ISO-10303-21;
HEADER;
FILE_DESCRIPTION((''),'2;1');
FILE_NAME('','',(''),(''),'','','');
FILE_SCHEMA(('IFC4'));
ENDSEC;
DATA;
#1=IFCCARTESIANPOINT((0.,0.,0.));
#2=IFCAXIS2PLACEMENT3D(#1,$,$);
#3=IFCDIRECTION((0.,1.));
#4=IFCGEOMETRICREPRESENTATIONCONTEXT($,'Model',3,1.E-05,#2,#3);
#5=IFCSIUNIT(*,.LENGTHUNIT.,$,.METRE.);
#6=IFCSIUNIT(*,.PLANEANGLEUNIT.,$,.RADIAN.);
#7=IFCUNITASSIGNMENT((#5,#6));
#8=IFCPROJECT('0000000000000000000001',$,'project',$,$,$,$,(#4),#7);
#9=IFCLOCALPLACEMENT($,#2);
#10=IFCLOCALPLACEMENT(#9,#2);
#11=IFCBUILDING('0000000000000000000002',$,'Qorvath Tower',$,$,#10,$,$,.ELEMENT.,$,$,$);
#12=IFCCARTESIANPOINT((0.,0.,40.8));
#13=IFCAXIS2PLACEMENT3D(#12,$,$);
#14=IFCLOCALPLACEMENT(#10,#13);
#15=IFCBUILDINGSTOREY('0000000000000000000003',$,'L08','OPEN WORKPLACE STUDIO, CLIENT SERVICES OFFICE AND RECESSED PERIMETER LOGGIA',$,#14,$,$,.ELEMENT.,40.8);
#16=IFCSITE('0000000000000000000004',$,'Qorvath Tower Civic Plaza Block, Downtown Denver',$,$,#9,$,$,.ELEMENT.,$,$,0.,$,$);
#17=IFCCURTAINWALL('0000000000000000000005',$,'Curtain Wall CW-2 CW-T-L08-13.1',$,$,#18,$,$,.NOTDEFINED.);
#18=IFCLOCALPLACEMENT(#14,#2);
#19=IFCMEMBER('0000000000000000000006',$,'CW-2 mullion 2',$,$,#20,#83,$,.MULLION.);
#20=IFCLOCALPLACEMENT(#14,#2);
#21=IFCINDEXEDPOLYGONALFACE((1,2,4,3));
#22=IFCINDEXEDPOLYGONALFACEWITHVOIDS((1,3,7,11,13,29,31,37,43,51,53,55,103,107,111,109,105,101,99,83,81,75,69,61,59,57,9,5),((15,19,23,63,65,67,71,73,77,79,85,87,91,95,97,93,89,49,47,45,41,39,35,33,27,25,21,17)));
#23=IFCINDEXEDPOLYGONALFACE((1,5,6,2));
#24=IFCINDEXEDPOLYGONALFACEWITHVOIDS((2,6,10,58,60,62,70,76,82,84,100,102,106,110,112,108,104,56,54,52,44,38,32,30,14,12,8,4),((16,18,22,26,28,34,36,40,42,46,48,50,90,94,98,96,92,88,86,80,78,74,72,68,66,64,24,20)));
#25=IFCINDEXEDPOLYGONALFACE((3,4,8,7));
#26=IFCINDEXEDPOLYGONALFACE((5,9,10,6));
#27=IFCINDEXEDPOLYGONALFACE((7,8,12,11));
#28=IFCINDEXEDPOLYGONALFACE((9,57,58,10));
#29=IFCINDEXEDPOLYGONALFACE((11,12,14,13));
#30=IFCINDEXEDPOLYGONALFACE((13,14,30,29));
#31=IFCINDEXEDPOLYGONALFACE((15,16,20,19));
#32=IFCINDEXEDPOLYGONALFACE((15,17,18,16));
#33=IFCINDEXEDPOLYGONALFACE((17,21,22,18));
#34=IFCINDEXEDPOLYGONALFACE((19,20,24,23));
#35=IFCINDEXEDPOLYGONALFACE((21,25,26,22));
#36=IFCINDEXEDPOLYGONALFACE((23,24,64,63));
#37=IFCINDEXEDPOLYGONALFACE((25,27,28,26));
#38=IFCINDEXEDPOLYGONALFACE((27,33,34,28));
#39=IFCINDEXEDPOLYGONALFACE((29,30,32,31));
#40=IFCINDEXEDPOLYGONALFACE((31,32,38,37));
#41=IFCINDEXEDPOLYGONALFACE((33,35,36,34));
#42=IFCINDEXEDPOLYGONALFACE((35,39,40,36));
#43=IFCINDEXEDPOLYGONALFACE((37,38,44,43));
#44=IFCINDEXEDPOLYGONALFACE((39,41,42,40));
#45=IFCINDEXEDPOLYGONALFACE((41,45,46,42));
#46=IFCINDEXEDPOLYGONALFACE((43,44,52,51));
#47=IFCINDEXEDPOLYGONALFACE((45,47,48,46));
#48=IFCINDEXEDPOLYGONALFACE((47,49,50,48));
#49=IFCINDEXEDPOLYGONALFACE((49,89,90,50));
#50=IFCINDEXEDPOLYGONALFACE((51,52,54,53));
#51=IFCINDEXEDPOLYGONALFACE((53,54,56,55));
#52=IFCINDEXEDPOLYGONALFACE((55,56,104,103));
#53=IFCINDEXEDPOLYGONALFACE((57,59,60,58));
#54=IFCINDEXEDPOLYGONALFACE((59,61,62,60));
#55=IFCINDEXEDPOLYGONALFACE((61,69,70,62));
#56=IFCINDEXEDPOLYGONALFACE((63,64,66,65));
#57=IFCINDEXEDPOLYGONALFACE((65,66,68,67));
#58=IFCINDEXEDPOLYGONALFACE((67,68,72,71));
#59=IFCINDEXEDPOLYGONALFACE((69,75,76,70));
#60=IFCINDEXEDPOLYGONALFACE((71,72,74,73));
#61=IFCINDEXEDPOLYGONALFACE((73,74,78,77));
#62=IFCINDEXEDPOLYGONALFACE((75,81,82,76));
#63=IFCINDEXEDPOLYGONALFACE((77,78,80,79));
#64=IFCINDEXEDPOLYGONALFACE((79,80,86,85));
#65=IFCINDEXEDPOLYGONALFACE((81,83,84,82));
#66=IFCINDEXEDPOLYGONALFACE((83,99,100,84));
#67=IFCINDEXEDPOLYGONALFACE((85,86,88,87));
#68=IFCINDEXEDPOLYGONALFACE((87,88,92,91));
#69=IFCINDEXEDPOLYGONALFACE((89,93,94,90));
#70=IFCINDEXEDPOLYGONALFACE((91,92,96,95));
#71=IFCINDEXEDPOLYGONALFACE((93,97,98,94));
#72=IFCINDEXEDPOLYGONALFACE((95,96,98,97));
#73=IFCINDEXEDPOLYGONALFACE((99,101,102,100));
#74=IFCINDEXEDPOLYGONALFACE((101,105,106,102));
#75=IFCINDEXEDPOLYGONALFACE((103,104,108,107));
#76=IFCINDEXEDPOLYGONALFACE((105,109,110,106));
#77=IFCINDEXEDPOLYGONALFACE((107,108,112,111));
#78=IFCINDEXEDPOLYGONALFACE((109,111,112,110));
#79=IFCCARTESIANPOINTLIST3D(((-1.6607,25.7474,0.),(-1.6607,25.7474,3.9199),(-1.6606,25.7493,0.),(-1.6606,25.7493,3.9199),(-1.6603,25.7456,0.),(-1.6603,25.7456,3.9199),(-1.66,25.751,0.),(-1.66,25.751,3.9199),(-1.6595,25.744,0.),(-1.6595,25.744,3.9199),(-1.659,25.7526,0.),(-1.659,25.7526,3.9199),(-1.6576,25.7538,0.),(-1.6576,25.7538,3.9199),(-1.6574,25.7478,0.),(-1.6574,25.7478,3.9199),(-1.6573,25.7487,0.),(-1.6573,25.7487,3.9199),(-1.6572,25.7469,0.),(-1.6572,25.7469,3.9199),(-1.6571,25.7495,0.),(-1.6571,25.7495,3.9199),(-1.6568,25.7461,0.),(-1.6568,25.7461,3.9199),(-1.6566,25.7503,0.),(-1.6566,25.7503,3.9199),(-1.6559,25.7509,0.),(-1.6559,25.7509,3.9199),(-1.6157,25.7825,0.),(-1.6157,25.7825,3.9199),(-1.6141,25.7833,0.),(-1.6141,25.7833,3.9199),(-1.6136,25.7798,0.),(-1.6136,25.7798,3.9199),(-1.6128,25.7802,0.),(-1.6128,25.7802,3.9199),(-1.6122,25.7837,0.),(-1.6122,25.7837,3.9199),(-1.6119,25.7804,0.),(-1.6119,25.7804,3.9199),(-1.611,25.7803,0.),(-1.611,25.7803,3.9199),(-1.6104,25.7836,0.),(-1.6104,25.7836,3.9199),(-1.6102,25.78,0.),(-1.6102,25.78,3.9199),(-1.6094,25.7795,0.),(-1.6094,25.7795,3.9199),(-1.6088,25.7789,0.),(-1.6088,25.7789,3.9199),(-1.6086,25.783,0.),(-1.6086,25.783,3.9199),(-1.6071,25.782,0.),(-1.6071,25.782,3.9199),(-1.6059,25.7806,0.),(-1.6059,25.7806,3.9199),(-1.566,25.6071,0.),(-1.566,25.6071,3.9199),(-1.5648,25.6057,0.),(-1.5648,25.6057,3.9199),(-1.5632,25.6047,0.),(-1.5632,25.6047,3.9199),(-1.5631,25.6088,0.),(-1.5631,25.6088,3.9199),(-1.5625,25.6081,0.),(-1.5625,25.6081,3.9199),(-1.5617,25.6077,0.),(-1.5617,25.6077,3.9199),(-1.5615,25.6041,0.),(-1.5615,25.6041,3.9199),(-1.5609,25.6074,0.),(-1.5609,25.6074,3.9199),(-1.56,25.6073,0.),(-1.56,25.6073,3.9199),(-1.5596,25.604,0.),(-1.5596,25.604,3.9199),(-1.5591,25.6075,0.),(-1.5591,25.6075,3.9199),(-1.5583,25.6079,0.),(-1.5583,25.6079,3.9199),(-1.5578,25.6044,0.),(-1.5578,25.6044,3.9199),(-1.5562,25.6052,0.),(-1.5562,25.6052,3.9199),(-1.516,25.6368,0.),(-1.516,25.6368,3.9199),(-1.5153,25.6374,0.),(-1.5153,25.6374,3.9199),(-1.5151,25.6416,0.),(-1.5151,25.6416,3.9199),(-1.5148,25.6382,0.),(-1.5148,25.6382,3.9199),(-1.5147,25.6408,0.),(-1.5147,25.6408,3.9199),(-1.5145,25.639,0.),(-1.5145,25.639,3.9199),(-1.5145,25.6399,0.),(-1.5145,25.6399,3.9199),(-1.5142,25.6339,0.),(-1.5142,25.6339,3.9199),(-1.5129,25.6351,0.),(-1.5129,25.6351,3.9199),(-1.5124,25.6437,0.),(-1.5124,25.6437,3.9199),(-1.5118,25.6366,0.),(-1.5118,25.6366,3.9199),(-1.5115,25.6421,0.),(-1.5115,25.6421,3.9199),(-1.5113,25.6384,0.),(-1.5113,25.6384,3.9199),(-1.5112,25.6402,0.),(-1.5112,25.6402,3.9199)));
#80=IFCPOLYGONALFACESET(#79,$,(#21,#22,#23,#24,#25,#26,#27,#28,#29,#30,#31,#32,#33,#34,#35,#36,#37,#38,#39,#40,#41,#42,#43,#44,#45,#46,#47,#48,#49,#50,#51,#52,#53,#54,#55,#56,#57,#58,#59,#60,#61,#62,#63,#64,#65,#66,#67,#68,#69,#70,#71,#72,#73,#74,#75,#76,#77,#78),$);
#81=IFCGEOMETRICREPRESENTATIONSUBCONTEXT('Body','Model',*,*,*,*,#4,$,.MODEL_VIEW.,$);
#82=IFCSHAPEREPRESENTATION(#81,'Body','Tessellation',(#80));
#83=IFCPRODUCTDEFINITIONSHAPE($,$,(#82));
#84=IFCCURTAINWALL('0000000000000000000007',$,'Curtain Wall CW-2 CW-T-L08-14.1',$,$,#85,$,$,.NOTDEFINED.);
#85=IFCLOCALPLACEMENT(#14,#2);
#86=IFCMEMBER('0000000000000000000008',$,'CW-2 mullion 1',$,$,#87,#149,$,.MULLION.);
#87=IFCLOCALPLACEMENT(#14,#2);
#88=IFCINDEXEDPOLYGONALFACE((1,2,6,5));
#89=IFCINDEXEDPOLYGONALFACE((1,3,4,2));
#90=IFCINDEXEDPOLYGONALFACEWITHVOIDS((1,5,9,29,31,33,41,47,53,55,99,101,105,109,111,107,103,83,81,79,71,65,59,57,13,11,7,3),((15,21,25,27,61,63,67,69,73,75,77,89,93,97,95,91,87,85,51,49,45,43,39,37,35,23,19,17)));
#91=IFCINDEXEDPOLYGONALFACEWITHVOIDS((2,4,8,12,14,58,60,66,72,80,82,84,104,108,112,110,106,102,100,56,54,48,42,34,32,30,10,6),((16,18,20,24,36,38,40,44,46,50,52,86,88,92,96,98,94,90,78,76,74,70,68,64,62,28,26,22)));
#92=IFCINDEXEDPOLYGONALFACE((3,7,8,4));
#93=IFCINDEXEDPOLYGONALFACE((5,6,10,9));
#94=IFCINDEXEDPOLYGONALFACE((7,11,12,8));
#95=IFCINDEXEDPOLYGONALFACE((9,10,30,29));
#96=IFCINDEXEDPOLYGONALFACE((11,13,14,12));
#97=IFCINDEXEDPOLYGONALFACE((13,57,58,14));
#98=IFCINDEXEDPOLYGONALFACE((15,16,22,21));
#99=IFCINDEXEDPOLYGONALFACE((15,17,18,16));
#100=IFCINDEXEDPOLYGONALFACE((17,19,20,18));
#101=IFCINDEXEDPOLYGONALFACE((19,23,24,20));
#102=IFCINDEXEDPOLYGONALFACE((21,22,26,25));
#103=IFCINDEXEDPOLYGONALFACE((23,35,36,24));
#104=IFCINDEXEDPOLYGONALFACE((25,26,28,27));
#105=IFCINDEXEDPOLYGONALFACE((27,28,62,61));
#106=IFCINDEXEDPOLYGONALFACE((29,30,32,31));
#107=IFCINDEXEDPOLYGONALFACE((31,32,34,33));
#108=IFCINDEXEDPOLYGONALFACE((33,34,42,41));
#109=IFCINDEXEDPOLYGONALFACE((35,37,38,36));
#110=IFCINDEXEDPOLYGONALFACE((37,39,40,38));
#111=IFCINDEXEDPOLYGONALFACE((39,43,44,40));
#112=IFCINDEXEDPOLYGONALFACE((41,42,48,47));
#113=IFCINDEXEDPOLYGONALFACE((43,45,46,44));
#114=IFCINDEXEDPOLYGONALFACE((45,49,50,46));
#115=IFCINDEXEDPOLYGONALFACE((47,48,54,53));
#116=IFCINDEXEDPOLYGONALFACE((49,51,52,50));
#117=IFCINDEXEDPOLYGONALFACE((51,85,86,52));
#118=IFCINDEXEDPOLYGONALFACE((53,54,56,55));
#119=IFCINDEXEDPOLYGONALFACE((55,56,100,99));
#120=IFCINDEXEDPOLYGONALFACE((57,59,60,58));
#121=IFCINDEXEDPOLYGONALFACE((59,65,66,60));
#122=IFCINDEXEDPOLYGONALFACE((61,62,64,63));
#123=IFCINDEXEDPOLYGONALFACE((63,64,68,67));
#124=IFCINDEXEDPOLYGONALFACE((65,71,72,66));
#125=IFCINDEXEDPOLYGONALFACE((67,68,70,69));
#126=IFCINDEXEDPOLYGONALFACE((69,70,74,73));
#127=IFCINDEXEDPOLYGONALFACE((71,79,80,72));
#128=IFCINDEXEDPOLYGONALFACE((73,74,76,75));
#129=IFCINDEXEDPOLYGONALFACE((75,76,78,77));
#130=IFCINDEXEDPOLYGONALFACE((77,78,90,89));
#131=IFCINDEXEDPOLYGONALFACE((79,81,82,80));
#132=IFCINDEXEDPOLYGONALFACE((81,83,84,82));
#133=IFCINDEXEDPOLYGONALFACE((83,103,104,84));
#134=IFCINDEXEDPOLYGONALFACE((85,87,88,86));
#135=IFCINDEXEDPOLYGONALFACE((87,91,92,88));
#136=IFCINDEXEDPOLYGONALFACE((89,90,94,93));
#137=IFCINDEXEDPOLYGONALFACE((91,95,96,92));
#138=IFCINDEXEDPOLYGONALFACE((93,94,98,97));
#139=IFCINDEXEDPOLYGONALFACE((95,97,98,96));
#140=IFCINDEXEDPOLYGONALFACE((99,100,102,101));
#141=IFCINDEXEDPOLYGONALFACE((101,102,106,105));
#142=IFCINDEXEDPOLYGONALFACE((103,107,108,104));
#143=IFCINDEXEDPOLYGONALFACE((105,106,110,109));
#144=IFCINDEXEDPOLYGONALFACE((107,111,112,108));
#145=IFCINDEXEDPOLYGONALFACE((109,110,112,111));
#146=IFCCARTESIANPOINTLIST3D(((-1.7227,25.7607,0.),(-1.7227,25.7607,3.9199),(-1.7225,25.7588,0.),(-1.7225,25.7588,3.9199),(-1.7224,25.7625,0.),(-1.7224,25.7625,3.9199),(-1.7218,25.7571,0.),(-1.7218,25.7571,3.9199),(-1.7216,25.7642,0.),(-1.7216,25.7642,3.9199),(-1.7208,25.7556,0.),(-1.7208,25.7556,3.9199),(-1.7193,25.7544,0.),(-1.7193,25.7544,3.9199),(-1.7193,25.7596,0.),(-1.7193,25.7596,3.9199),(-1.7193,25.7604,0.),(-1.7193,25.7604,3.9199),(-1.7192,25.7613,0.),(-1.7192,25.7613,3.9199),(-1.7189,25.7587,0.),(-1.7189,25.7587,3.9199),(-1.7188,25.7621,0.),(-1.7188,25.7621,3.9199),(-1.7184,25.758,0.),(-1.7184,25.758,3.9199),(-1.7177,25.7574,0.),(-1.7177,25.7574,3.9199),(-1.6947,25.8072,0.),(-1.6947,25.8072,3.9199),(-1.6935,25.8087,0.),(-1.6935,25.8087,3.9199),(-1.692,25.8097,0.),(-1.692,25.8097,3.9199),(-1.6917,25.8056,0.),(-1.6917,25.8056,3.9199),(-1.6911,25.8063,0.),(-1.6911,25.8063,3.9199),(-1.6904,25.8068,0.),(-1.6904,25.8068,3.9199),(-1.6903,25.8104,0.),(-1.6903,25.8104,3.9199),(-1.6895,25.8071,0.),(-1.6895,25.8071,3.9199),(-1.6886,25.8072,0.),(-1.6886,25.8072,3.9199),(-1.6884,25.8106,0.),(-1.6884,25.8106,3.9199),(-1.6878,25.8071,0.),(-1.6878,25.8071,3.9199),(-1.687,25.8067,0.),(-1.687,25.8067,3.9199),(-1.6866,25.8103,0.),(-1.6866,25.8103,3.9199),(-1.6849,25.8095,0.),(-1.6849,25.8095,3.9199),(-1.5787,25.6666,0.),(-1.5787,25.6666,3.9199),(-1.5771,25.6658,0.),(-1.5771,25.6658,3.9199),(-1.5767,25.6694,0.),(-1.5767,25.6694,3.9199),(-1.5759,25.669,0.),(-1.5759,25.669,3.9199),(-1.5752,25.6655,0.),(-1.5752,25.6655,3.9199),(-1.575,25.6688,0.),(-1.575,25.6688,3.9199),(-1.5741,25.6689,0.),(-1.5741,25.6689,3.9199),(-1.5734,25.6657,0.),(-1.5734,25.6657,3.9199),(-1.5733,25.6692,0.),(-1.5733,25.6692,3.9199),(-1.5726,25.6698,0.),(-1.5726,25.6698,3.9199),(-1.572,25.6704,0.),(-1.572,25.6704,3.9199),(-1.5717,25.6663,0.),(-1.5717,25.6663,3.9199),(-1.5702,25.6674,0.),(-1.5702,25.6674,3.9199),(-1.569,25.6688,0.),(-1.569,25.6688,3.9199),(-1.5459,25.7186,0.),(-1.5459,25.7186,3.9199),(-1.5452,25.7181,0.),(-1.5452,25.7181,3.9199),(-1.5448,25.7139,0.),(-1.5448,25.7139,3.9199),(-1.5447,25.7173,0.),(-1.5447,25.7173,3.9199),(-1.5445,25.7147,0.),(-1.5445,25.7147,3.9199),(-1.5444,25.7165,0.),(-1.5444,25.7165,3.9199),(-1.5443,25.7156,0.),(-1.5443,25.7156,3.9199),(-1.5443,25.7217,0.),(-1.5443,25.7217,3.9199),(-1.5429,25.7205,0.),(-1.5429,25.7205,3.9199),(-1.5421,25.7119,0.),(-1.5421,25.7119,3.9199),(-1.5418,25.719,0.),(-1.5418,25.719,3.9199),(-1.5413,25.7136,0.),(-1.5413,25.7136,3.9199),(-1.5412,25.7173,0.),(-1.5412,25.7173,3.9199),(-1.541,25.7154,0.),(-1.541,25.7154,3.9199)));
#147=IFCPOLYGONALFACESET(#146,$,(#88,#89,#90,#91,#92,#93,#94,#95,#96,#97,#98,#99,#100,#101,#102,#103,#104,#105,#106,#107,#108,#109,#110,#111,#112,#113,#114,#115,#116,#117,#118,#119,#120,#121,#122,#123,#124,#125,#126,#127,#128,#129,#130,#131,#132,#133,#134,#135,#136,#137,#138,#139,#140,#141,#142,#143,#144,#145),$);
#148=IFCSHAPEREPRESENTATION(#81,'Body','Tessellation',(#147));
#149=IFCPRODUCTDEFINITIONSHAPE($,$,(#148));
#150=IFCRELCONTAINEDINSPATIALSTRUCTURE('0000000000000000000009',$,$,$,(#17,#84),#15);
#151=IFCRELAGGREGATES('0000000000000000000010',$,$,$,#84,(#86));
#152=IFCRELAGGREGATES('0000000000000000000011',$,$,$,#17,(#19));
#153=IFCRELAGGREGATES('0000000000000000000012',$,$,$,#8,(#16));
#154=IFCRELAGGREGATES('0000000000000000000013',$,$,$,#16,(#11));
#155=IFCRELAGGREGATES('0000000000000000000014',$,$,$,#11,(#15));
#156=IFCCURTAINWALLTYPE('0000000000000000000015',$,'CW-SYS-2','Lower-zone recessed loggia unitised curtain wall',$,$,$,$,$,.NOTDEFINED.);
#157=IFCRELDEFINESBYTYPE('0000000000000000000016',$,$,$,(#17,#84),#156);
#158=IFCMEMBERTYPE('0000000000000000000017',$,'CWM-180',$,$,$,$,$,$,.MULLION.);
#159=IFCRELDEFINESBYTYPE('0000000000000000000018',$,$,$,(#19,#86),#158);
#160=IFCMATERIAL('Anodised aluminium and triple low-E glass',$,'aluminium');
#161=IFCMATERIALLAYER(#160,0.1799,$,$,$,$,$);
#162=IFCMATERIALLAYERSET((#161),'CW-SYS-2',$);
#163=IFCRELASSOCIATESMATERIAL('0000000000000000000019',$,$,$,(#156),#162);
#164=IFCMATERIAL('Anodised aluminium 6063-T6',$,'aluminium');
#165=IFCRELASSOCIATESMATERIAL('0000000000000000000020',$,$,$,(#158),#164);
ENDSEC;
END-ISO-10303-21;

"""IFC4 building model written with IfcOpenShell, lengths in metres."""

from ifc_helpers import new_model, si_unit, direction, frame, origin, origin_2d, place, context, subcontext, project, spatial, hollow_rectangle, extrude, material, layer, layer_set, material_profile, profile_set, type_object, element, aggregate, save


model = new_model("IFC4")

# Units and contexts
model_context = context("Model", 3, precision=1e-05, world=origin(), true_north=direction((0.0, 1.0)))
body_context = subcontext(model_context, "Body", "Model", "MODEL_VIEW")
ifc_project = project(units=[si_unit("LENGTHUNIT", "METRE"), si_unit("PLANEANGLEUNIT", "RADIAN")], contexts=[model_context])

# Site, building, storey
site_placement = place(None, origin())
site = spatial("IfcSite", under=ifc_project, at=site_placement, Name="Qorvath Tower Civic Plaza Block, Downtown Denver", CompositionType="ELEMENT", RefElevation=0.0)
building_placement = place(site_placement, origin())
building = spatial("IfcBuilding", under=site, at=building_placement, Name="Qorvath Tower", CompositionType="ELEMENT")
storey_placement = place(building_placement, frame((0.0, 0.0, 40.8)))
storey = spatial("IfcBuildingStorey", under=building, at=storey_placement, Name="L08", Description="OPEN WORKPLACE STUDIO, CLIENT SERVICES OFFICE AND RECESSED PERIMETER LOGGIA", CompositionType="ELEMENT", Elevation=40.8)

# Shared definitions
ifc_material_1 = material(Name="Anodised aluminium and triple low-E glass", Category="aluminium")
ifc_layer_1 = layer(ifc_material_1, 0.1799)
ifc_layer_set_1 = layer_set([ifc_layer_1], Name="CW-SYS-2")
curtain_wall_type = type_object("IfcCurtainWallType", Name="CW-SYS-2", Description="Lower-zone recessed loggia unitised curtain wall", PredefinedType="NOTDEFINED", material=ifc_layer_set_1)
ifc_material_2 = material(Name="Anodised aluminium 6063-T6", Category="aluminium")
ifc_material_profile_1 = material_profile(ifc_material_2, hollow_rectangle(XDim=0.0649, YDim=0.1799, WallThickness=0.0034, InnerFilletRadius=0.0034, OuterFilletRadius=0.0071, at=origin_2d()), Name="CWM 180x65")
ifc_profile_set_1 = profile_set([ifc_material_profile_1], Name="Anodised aluminium 6063-T6")
member_type_1 = type_object("IfcMemberType", Name="CWM-180", PredefinedType="MULLION", material=ifc_profile_set_1)

# Curtain wall, member
curtain_wall_1_placement = place(storey_placement, origin())
curtain_wall_1 = element("IfcCurtainWall", 1, at=curtain_wall_1_placement, inside=storey, type_object=curtain_wall_type, Name="Curtain Wall CW-2 CW-T-L08-13.1", PredefinedType="NOTDEFINED")
member_1_placement = place(storey_placement, frame((-1.5859, 25.6938, 0.0), z_axis=(0.0, 0.0, 1.0), x_axis=(-0.825849, -0.563891, 0.0)))
member_1 = element("IfcMember", 2, at=member_1_placement, type_object=member_type_1, Name="CW-2 mullion 2", PredefinedType="MULLION", context=body_context, shape_type="SweptSolid", body=[
    extrude(hollow_rectangle(XDim=0.0649, YDim=0.1799, WallThickness=0.0034, InnerFilletRadius=0.0034, OuterFilletRadius=0.0071, at=origin_2d()), origin(), (0.0, 0.0, 1.0), 3.9199),
])

# Curtain wall, member
curtain_wall_2_placement = place(storey_placement, origin())
curtain_wall_2 = element("IfcCurtainWall", 3, at=curtain_wall_2_placement, inside=storey, type_object=curtain_wall_type, Name="Curtain Wall CW-2 CW-T-L08-14.1", PredefinedType="NOTDEFINED")
member_2_placement = place(storey_placement, frame((-1.6318, 25.738, 0.0), z_axis=(0.0, 0.0, 1.0), x_axis=(-0.529724, -0.84817, 0.0)))
member_2 = element("IfcMember", 4, at=member_2_placement, type_object=member_type_1, Name="CW-2 mullion 1", PredefinedType="MULLION", context=body_context, shape_type="SweptSolid", body=[
    extrude(hollow_rectangle(XDim=0.0649, YDim=0.1799, WallThickness=0.0034, InnerFilletRadius=0.0034, OuterFilletRadius=0.0071, at=origin_2d()), origin(), (0.0, 0.0, 1.0), 3.9199),
])

aggregate(curtain_wall_2, [member_2])

aggregate(curtain_wall_1, [member_1])

save(model, "model.ifc")
